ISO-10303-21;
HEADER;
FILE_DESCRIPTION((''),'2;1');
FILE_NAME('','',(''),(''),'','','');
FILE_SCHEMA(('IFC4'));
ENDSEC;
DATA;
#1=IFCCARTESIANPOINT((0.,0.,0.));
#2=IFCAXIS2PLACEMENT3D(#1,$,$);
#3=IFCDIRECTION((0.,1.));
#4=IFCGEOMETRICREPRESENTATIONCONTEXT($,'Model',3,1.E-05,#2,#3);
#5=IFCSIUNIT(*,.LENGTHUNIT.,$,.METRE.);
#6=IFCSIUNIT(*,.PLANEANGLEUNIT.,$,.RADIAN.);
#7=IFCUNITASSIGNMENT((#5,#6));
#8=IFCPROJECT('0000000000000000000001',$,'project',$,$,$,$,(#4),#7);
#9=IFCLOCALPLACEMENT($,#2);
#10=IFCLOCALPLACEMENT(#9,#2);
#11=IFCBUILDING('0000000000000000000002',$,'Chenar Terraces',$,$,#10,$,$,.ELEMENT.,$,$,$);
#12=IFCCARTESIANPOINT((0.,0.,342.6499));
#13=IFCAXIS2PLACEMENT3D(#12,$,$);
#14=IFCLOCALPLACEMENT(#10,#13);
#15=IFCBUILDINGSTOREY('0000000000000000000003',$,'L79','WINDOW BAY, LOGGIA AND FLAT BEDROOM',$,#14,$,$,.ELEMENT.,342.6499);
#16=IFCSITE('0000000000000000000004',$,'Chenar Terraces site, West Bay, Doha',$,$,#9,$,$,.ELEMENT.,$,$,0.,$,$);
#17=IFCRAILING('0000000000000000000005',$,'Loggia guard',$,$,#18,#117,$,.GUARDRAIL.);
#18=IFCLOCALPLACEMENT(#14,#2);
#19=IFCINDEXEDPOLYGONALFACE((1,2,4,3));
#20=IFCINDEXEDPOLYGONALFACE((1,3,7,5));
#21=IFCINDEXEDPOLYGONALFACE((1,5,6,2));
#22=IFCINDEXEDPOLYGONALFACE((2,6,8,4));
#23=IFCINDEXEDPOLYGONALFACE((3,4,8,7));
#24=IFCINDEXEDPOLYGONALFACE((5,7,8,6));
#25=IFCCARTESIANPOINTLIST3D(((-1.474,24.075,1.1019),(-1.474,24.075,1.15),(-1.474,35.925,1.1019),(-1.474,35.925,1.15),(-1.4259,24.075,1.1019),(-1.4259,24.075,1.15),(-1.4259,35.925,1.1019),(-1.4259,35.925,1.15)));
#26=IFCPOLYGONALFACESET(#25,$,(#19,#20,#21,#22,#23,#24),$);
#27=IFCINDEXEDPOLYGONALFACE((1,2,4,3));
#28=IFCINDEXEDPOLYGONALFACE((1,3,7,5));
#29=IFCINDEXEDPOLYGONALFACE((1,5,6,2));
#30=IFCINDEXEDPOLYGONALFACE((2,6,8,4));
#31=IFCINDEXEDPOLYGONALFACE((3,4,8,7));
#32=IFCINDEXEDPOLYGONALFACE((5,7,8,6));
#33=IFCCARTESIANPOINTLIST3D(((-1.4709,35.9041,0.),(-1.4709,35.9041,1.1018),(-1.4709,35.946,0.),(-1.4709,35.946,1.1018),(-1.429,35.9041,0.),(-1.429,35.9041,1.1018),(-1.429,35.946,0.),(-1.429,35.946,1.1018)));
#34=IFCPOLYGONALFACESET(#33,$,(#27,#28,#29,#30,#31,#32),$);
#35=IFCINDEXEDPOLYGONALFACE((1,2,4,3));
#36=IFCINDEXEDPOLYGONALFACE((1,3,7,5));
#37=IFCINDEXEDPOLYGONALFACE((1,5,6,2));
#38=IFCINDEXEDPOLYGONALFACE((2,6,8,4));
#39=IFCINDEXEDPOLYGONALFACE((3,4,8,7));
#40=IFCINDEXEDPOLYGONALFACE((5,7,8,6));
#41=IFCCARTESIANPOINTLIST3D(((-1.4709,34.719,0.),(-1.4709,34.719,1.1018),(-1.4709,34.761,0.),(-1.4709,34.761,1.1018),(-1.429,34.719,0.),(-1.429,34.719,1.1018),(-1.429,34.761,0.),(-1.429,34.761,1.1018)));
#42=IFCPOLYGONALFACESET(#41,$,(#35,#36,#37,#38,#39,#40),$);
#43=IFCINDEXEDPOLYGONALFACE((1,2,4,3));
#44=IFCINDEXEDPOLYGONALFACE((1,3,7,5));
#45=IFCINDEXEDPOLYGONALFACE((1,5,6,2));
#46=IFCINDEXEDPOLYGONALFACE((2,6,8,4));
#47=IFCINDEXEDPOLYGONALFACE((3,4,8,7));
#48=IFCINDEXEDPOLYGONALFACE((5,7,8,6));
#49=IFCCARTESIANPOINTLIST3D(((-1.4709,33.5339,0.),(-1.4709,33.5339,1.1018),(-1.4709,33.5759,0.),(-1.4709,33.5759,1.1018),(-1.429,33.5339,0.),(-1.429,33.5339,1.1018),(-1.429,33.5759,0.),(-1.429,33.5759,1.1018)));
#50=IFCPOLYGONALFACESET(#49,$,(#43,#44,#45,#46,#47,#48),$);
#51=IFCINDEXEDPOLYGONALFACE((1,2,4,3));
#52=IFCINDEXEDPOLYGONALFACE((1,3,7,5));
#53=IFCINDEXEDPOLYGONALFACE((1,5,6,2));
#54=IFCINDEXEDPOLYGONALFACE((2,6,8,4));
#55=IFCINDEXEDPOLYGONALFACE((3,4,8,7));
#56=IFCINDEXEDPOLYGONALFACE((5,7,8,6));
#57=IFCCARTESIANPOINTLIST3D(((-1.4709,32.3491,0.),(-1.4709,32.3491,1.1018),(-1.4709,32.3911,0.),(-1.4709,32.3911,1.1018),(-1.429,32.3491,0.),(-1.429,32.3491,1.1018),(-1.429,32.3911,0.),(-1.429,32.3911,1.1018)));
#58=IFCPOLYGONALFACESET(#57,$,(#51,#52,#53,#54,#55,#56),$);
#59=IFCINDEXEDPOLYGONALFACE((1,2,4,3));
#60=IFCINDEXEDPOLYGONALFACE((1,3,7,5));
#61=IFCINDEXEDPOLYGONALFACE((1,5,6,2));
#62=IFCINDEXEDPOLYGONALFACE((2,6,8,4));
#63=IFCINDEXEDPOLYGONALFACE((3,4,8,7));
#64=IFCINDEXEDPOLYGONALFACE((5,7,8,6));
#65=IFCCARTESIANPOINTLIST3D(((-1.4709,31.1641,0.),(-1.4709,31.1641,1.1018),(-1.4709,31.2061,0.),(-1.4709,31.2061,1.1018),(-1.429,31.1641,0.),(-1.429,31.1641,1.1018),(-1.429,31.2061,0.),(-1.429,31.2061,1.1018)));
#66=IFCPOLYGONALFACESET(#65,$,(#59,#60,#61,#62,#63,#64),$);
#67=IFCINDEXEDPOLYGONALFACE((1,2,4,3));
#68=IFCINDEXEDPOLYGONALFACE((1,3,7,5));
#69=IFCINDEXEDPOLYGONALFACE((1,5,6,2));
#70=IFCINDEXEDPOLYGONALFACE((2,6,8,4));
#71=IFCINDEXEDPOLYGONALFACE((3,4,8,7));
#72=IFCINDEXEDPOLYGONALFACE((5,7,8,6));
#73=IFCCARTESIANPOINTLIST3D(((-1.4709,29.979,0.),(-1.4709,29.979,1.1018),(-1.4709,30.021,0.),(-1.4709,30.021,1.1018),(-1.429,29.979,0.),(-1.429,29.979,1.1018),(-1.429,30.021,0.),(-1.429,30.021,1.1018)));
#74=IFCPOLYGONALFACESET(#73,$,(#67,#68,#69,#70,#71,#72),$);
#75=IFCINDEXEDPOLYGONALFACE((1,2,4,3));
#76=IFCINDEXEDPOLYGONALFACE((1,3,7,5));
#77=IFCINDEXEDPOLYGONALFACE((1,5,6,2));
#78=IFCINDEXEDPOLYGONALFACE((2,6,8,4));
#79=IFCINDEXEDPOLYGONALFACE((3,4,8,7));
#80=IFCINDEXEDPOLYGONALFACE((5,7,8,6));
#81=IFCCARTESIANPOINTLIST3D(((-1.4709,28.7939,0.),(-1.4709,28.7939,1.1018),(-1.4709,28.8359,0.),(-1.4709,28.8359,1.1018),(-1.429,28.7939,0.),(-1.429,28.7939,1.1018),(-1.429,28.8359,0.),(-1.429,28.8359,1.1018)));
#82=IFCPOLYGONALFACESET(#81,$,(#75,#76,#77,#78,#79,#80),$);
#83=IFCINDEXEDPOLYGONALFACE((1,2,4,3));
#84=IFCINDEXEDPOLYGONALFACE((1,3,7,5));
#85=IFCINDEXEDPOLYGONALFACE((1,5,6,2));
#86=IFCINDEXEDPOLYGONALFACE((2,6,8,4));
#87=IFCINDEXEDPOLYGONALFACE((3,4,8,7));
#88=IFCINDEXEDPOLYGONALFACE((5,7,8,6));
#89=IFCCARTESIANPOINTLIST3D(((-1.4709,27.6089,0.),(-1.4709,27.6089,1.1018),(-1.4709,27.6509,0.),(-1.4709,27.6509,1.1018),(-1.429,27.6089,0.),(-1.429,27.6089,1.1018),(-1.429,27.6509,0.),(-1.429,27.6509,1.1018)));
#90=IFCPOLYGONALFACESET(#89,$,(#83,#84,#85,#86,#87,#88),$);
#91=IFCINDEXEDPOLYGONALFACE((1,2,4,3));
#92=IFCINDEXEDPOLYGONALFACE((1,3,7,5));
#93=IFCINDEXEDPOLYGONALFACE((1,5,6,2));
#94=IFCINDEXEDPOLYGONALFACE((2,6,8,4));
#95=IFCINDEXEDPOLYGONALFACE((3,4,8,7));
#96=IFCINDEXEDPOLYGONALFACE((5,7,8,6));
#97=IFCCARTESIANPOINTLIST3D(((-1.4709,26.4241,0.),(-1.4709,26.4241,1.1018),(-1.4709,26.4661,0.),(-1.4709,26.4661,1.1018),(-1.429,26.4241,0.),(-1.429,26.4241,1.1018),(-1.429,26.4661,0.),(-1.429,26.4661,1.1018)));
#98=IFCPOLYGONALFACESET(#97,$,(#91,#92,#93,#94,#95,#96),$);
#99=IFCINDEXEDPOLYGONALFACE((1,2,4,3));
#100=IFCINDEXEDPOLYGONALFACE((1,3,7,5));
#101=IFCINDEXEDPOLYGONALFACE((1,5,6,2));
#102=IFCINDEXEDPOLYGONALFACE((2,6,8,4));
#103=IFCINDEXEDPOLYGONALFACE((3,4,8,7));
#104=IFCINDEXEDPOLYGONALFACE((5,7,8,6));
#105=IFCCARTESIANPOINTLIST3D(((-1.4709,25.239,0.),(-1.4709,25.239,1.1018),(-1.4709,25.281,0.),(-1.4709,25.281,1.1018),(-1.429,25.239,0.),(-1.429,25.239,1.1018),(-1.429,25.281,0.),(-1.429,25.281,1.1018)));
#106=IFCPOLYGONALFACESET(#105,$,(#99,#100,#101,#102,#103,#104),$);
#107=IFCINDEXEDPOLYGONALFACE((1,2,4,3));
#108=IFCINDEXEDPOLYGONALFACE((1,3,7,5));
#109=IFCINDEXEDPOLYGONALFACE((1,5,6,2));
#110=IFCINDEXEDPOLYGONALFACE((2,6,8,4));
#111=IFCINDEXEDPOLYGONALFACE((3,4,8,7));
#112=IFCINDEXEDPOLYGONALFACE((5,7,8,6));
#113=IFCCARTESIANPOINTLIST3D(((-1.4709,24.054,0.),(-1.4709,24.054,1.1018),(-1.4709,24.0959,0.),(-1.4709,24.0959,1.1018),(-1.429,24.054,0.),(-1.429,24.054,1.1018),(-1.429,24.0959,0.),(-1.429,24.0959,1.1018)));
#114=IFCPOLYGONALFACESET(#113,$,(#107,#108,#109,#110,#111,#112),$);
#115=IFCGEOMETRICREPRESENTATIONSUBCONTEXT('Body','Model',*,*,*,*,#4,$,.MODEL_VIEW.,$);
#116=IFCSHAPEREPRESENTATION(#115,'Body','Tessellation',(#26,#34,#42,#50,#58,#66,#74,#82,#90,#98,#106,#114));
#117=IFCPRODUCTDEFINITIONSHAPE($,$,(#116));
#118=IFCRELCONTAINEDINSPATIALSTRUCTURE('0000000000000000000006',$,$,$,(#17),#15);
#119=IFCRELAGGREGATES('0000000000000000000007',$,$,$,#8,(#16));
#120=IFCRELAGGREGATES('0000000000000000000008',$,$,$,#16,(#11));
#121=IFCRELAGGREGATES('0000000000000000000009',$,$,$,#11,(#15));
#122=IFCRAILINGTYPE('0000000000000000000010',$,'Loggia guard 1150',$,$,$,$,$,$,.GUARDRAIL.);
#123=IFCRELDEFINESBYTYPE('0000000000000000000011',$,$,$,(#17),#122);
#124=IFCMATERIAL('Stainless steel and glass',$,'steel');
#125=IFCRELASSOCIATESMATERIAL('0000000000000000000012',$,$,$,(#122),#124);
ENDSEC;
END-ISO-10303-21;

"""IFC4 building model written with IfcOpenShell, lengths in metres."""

from ifc_helpers import new_model, si_unit, direction, frame, origin, origin_2d, place, context, subcontext, project, spatial, rectangle, extrude, material, type_object, element, save


model = new_model("IFC4")

# Units and contexts
model_context = context("Model", 3, precision=1e-05, world=origin(), true_north=direction((0.0, 1.0)))
body_context = subcontext(model_context, "Body", "Model", "MODEL_VIEW")
ifc_project = project(units=[si_unit("LENGTHUNIT", "METRE"), si_unit("PLANEANGLEUNIT", "RADIAN")], contexts=[model_context])

# Site, building, storey
site_placement = place(None, origin())
site = spatial("IfcSite", under=ifc_project, at=site_placement, Name="Chenar Terraces site, West Bay, Doha", CompositionType="ELEMENT", RefElevation=0.0)
building_placement = place(site_placement, origin())
building = spatial("IfcBuilding", under=site, at=building_placement, Name="Chenar Terraces", CompositionType="ELEMENT")
storey_placement = place(building_placement, frame((0.0, 0.0, 342.6499)))
storey = spatial("IfcBuildingStorey", under=building, at=storey_placement, Name="L79", Description="WINDOW BAY, LOGGIA AND FLAT BEDROOM", CompositionType="ELEMENT", Elevation=342.6499)

# Railing
ifc_material_1 = material(Name="Stainless steel and glass", Category="steel")
railing_type = type_object("IfcRailingType", Name="Loggia guard 1150", PredefinedType="GUARDRAIL", material=ifc_material_1)
railing_placement = place(storey_placement, frame((-1.45, 35.925, 0.0)))
element("IfcRailing", 1, at=railing_placement, inside=storey, type_object=railing_type, Name="Loggia guard", PredefinedType="GUARDRAIL", context=body_context, shape_type="SweptSolid", body=[
    extrude(rectangle(XDim=0.0481, YDim=0.0481, at=origin_2d()), frame((0.0, 0.0, 1.126), z_axis=(0.0, -1.0, 0.0), x_axis=(1.0, 0.0, 0.0)), (0.0, 0.0, 1.0), 11.8501),
    extrude(rectangle(XDim=0.042, YDim=0.042, at=origin_2d()), origin(), (0.0, 0.0, 1.0), 1.1018),
    extrude(rectangle(XDim=0.042, YDim=0.042, at=origin_2d()), frame((0.0, -1.1851, 0.0)), (0.0, 0.0, 1.0), 1.1018),
    extrude(rectangle(XDim=0.042, YDim=0.042, at=origin_2d()), frame((0.0, -2.3701, 0.0)), (0.0, 0.0, 1.0), 1.1018),
    extrude(rectangle(XDim=0.042, YDim=0.042, at=origin_2d()), frame((0.0, -3.5549, 0.0)), (0.0, 0.0, 1.0), 1.1018),
    extrude(rectangle(XDim=0.042, YDim=0.042, at=origin_2d()), frame((0.0, -4.74, 0.0)), (0.0, 0.0, 1.0), 1.1018),
    extrude(rectangle(XDim=0.042, YDim=0.042, at=origin_2d()), frame((0.0, -5.925, 0.0)), (0.0, 0.0, 1.0), 1.1018),
    extrude(rectangle(XDim=0.042, YDim=0.042, at=origin_2d()), frame((0.0, -7.1101, 0.0)), (0.0, 0.0, 1.0), 1.1018),
    extrude(rectangle(XDim=0.042, YDim=0.042, at=origin_2d()), frame((0.0, -8.2952, 0.0)), (0.0, 0.0, 1.0), 1.1018),
    extrude(rectangle(XDim=0.042, YDim=0.042, at=origin_2d()), frame((0.0, -9.48, 0.0)), (0.0, 0.0, 1.0), 1.1018),
    extrude(rectangle(XDim=0.042, YDim=0.042, at=origin_2d()), frame((0.0, -10.665, 0.0)), (0.0, 0.0, 1.0), 1.1018),
    extrude(rectangle(XDim=0.042, YDim=0.042, at=origin_2d()), frame((0.0, -11.8501, 0.0)), (0.0, 0.0, 1.0), 1.1018),
])

save(model, "model.ifc")
